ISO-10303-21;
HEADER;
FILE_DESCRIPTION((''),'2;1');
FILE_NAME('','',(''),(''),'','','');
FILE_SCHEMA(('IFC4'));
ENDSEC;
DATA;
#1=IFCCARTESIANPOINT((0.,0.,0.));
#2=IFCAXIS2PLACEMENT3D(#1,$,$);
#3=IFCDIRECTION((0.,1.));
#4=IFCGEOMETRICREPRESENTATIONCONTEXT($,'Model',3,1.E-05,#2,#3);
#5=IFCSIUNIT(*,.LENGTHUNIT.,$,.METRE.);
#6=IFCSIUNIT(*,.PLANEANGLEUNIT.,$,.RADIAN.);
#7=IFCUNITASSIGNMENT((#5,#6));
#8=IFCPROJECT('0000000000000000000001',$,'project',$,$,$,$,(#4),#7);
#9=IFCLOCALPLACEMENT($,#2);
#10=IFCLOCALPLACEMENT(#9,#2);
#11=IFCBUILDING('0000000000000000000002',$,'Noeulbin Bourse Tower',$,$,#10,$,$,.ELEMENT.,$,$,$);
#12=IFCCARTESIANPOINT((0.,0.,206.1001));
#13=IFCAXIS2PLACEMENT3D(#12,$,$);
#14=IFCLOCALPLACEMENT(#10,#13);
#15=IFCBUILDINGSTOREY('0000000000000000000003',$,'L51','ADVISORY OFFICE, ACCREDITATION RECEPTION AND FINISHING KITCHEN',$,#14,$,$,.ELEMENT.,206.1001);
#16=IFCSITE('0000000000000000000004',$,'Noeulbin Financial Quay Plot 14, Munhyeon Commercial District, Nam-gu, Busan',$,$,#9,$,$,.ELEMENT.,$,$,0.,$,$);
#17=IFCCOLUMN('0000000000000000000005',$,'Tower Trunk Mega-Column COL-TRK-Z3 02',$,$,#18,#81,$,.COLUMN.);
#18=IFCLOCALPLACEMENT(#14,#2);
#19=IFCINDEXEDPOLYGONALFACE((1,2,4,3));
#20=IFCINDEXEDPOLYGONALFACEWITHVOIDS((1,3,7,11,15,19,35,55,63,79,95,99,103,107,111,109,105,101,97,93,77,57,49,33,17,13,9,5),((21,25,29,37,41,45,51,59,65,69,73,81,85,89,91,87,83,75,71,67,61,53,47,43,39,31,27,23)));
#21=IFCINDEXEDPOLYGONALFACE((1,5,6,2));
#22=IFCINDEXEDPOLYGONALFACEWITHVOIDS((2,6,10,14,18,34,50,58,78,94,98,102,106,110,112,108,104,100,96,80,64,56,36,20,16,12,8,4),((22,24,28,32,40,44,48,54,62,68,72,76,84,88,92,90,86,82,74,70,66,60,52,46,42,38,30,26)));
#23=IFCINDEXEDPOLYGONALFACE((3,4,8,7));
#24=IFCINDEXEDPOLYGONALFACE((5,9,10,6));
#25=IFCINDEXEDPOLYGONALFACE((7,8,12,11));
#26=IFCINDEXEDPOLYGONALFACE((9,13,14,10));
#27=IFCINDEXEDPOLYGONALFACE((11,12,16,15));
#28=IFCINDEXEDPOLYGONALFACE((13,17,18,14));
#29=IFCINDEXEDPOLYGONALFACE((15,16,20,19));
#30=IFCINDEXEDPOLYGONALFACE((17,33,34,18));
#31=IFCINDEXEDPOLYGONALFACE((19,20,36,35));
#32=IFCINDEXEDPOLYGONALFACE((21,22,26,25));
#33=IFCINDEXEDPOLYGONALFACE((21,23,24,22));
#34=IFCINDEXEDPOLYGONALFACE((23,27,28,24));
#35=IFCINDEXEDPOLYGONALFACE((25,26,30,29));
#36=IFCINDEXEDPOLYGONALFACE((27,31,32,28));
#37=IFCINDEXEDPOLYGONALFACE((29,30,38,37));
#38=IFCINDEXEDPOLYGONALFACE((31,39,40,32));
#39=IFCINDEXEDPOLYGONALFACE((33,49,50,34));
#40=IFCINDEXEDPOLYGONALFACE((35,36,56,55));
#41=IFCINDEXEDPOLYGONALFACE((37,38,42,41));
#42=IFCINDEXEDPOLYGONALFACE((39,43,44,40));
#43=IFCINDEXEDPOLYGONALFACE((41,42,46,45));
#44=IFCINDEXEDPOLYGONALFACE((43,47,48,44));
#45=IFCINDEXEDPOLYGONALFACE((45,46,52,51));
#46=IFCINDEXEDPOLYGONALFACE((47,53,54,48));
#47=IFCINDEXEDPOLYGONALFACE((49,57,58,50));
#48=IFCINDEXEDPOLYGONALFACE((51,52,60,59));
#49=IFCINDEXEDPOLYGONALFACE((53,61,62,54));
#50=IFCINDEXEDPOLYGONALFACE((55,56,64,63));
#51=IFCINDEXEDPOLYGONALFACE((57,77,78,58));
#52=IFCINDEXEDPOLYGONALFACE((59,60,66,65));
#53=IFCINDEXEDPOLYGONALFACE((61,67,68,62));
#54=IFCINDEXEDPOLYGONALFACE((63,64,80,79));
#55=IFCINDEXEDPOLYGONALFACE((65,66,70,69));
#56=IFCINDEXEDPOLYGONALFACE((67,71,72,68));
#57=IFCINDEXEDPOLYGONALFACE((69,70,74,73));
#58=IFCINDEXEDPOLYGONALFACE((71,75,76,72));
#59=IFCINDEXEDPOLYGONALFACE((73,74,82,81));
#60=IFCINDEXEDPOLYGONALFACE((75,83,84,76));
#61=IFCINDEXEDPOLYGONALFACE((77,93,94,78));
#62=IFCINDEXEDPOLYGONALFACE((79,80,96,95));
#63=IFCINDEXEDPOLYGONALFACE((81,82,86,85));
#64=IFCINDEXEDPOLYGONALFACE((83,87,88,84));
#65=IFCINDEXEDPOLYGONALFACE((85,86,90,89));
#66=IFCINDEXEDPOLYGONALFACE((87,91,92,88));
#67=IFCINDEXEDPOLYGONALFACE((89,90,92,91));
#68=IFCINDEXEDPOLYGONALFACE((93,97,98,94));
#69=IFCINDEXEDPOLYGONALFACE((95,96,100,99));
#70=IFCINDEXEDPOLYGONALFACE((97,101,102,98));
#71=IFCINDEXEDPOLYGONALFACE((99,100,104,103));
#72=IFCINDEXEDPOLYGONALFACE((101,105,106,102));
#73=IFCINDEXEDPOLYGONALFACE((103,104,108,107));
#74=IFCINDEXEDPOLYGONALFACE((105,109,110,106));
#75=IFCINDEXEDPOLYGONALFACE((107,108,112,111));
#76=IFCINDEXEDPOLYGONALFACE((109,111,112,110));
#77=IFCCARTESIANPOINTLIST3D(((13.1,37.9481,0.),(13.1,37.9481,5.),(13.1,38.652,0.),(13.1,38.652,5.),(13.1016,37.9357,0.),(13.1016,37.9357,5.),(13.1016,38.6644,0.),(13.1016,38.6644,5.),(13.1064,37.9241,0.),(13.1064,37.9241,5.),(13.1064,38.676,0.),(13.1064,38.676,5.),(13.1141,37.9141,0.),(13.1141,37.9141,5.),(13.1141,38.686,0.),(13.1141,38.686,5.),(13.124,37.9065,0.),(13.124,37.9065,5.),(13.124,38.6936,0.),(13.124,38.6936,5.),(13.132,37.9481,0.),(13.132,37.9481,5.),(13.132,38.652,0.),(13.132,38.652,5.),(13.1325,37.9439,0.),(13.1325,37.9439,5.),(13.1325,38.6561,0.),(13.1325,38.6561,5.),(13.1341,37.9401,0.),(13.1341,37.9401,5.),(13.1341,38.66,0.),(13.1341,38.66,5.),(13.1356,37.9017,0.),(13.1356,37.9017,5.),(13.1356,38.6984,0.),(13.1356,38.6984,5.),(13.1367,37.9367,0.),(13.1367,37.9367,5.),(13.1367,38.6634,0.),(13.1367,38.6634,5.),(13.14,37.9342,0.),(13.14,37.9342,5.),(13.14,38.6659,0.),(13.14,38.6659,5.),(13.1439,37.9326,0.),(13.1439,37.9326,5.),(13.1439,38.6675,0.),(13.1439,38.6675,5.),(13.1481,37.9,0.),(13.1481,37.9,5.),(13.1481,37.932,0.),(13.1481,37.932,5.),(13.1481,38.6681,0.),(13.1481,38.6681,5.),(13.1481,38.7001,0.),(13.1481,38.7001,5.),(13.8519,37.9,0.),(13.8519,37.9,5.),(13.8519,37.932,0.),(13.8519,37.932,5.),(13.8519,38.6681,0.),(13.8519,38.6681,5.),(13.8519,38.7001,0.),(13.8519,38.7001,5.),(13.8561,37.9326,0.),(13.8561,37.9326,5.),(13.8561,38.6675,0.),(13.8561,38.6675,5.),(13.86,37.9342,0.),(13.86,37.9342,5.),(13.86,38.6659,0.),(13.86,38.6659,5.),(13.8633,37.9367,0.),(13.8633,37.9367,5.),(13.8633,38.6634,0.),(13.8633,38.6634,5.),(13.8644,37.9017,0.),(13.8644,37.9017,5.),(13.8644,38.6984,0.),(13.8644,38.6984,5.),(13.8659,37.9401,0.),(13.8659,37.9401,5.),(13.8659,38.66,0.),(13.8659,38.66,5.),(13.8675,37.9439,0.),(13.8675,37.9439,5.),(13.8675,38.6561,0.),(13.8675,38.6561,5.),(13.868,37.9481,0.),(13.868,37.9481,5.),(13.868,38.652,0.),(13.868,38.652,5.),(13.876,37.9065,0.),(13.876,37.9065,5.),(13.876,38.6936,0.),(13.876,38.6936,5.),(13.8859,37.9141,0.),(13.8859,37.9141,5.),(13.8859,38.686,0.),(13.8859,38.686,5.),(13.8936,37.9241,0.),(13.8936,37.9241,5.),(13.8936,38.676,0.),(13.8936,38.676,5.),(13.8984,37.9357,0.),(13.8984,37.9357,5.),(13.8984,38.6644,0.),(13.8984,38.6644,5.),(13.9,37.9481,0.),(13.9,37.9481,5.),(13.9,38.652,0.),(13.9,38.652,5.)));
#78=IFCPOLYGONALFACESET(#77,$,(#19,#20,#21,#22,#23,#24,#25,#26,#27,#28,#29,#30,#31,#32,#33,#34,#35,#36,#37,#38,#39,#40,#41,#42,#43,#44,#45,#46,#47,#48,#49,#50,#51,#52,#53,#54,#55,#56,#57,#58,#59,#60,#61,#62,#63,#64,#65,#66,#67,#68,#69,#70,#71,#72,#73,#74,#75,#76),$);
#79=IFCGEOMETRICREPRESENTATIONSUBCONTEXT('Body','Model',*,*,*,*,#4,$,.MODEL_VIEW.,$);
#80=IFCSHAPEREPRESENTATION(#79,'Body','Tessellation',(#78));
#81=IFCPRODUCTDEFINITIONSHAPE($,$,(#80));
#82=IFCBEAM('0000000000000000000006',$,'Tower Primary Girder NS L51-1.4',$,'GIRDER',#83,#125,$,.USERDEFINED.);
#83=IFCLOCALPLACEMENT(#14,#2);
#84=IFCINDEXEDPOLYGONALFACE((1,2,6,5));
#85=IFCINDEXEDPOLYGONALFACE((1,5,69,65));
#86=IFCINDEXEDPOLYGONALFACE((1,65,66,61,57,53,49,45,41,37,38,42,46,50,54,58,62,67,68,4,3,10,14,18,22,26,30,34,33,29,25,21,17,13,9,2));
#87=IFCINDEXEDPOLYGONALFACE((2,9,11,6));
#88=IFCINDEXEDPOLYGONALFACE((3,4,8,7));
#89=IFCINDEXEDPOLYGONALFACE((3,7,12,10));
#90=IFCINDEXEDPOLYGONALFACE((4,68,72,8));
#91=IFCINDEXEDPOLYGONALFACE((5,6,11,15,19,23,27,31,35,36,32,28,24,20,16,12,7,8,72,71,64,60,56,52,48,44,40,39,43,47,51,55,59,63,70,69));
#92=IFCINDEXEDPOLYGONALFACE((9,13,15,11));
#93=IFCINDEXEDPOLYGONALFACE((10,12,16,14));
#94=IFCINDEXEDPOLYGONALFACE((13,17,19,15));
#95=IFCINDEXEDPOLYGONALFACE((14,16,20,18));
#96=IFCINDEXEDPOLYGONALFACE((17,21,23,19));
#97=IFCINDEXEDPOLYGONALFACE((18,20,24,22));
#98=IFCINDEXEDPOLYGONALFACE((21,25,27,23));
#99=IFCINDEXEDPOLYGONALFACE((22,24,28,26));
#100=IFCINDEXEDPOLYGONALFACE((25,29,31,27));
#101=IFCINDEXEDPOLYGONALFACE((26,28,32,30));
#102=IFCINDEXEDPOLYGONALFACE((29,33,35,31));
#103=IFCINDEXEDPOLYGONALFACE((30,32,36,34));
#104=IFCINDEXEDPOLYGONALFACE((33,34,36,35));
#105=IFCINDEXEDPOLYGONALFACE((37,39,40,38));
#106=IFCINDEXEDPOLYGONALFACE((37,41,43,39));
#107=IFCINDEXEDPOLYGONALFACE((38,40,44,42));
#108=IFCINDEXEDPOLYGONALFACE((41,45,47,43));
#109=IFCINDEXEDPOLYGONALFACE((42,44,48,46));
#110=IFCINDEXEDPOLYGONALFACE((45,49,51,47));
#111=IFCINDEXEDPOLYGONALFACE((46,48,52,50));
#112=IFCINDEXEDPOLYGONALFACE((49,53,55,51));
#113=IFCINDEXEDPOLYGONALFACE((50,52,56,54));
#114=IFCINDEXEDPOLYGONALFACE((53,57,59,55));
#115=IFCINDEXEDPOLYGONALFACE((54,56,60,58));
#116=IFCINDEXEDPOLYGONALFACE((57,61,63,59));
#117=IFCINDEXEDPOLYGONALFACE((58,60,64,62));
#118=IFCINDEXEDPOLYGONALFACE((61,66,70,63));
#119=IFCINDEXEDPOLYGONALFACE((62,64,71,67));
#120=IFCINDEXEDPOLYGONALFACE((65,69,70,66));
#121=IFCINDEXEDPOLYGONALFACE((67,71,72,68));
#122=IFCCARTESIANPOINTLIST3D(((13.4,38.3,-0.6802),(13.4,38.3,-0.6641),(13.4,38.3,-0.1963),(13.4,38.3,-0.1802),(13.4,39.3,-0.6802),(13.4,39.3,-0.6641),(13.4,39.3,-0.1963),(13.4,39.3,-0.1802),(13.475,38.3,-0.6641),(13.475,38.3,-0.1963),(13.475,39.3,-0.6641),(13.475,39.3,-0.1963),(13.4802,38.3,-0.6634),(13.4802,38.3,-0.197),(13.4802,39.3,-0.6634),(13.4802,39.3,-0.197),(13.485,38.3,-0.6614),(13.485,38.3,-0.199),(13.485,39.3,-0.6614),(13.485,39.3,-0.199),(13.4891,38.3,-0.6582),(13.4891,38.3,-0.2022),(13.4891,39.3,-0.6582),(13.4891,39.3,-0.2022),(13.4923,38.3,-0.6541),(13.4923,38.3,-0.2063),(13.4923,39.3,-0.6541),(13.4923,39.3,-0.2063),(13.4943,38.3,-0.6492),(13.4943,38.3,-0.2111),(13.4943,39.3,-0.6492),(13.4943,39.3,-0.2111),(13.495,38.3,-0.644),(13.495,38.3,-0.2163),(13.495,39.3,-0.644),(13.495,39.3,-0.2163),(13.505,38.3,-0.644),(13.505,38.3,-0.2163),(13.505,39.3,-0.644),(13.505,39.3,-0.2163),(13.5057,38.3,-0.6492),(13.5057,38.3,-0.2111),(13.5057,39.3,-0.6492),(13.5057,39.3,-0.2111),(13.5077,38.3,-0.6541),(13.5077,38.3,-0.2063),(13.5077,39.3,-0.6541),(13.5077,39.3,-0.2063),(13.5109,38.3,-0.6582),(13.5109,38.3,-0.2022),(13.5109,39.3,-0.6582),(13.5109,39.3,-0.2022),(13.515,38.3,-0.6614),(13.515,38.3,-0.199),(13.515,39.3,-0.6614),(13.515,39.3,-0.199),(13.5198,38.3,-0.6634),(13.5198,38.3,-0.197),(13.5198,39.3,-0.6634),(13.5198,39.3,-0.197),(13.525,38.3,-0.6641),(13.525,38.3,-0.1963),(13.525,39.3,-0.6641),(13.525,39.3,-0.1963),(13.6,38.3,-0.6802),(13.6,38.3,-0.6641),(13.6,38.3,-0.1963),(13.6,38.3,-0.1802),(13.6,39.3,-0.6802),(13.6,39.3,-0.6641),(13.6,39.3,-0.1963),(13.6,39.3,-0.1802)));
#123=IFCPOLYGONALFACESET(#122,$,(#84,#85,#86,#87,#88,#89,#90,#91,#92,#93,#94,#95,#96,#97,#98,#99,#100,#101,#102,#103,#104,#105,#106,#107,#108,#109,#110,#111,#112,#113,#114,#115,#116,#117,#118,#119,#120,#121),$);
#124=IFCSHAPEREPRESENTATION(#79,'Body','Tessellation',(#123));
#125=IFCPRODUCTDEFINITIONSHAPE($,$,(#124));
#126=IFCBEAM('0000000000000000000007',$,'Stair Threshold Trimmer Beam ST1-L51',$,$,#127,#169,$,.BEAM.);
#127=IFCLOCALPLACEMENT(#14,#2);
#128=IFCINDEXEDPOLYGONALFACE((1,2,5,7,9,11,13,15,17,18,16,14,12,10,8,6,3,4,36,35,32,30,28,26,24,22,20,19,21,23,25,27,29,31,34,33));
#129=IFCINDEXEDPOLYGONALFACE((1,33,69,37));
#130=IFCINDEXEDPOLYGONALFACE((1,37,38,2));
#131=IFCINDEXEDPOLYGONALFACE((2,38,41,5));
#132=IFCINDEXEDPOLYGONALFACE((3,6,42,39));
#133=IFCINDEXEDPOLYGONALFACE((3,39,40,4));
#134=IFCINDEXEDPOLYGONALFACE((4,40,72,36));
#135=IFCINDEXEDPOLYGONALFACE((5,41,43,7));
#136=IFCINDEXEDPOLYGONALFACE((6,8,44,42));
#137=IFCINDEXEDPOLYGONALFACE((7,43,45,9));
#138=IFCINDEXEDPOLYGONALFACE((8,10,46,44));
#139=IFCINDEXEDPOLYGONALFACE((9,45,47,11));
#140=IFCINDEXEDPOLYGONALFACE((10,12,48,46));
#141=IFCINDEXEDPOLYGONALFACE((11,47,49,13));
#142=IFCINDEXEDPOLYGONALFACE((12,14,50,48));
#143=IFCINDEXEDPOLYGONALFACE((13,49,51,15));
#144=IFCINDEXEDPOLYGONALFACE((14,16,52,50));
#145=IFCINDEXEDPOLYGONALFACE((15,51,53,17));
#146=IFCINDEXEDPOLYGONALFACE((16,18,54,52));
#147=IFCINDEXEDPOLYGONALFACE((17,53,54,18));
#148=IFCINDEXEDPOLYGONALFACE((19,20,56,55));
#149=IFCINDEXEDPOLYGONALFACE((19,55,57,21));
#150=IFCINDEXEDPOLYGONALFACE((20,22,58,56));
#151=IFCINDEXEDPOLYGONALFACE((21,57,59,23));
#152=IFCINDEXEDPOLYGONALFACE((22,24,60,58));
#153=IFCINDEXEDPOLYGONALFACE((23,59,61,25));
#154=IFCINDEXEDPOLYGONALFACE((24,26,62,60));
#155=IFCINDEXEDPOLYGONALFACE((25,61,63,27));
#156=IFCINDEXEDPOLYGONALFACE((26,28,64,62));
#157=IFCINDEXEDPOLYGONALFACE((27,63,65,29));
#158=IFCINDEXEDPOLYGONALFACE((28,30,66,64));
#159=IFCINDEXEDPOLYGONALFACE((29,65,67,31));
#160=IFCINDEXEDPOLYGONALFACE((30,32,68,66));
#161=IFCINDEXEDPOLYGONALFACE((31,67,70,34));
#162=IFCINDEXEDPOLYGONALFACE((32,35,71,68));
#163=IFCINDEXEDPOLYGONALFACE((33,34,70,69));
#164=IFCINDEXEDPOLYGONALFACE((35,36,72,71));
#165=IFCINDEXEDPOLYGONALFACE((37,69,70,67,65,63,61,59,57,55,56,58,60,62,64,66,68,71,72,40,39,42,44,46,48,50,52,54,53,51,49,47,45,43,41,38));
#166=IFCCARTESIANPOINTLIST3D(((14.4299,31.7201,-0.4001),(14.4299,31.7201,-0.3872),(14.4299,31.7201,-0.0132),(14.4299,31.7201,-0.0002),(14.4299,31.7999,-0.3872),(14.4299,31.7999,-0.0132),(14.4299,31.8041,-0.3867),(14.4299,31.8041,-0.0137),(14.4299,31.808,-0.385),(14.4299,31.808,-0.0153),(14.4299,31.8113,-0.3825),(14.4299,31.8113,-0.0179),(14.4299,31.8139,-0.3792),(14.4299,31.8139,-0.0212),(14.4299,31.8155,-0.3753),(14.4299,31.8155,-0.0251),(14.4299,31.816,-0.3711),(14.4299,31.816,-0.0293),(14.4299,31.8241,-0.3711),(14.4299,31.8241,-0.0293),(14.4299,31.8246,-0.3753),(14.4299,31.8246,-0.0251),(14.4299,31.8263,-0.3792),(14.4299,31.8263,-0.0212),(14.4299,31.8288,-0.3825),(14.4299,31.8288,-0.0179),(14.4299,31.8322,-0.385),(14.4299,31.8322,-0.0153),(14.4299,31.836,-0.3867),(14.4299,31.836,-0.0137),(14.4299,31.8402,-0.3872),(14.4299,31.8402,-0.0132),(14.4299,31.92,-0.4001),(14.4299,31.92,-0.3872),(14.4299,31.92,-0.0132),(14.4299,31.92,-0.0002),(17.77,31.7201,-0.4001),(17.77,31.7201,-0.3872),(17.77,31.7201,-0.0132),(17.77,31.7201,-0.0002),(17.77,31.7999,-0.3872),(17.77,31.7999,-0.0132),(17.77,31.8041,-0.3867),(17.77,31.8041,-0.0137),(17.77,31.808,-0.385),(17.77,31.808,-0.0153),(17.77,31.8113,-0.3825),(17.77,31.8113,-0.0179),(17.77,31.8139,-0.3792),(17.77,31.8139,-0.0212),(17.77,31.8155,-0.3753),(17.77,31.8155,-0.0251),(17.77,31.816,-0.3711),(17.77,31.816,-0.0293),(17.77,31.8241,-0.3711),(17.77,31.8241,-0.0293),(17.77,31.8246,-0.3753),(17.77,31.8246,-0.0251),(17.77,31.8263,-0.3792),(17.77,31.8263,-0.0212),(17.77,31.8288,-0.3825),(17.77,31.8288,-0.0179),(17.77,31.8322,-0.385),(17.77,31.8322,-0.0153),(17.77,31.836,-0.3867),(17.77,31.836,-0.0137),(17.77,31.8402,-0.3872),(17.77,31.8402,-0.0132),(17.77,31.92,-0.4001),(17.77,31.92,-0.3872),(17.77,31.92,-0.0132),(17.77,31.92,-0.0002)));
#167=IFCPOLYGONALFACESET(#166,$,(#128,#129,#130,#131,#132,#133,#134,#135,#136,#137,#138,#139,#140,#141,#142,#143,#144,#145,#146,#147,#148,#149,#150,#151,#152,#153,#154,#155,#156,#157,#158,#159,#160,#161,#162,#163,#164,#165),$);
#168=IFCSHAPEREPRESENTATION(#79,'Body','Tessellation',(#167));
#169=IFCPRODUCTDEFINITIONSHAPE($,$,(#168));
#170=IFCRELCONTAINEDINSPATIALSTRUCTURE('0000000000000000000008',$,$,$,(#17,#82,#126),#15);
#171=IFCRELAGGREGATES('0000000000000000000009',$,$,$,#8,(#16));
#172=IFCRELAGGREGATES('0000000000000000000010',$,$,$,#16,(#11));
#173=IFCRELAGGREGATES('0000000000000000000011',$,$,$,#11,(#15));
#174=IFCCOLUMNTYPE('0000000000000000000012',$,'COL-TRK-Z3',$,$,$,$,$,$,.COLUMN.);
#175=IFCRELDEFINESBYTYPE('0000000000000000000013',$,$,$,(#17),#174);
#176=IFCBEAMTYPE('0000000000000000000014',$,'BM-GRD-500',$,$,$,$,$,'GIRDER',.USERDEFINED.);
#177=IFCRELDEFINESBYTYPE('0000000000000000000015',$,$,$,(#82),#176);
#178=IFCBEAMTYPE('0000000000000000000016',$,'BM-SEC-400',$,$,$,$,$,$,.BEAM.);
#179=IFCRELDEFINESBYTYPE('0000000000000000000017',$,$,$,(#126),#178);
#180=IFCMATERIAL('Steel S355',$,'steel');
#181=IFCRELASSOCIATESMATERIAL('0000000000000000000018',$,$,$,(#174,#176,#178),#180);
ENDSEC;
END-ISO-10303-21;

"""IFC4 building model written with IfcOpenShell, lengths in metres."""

from ifc_helpers import new_model, si_unit, direction, frame, origin, origin_2d, place, context, subcontext, project, spatial, hollow_rectangle, i_section, extrude, material, material_profile, profile_set, type_object, element, save


model = new_model("IFC4")

# Units and contexts
model_context = context("Model", 3, precision=1e-05, world=origin(), true_north=direction((0.0, 1.0)))
body_context = subcontext(model_context, "Body", "Model", "MODEL_VIEW")
ifc_project = project(units=[si_unit("LENGTHUNIT", "METRE"), si_unit("PLANEANGLEUNIT", "RADIAN")], contexts=[model_context])

# Site, building, storey
site_placement = place(None, origin())
site = spatial("IfcSite", under=ifc_project, at=site_placement, Name="Noeulbin Financial Quay Plot 14, Munhyeon Commercial District, Nam-gu, Busan", CompositionType="ELEMENT", RefElevation=0.0)
building_placement = place(site_placement, origin())
building = spatial("IfcBuilding", under=site, at=building_placement, Name="Noeulbin Bourse Tower", CompositionType="ELEMENT")
storey_placement = place(building_placement, frame((0.0, 0.0, 206.1001)))
storey = spatial("IfcBuildingStorey", under=building, at=storey_placement, Name="L51", Description="ADVISORY OFFICE, ACCREDITATION RECEPTION AND FINISHING KITCHEN", CompositionType="ELEMENT", Elevation=206.1001)

# Column
ifc_material_1 = material(Name="Steel S355", Category="steel")
ifc_material_profile_1 = material_profile(ifc_material_1, hollow_rectangle(XDim=0.8, YDim=0.8, WallThickness=0.032, InnerFilletRadius=0.0161, OuterFilletRadius=0.0481, at=origin_2d()), Name="BOX-800x800x32", Category="LoadBearing")
ifc_profile_set_1 = profile_set([ifc_material_profile_1], Name="Steel S355")
column_type = type_object("IfcColumnType", Name="COL-TRK-Z3", PredefinedType="COLUMN", material=ifc_profile_set_1)
column_placement = place(storey_placement, frame((13.5, 38.3, 0.0), z_axis=(0.0, 0.0, 1.0), x_axis=(1.0, 0.0, 0.0)))
element("IfcColumn", 1, at=column_placement, inside=storey, type_object=column_type, Name="Tower Trunk Mega-Column COL-TRK-Z3 02", PredefinedType="COLUMN", context=body_context, shape_type="SweptSolid", body=[
    extrude(hollow_rectangle(XDim=0.8, YDim=0.8, WallThickness=0.032, InnerFilletRadius=0.0161, OuterFilletRadius=0.0481, at=origin_2d()), origin(), (0.0, 0.0, 1.0), 5.0),
])

# Beams
ifc_material_profile_2 = material_profile(ifc_material_1, i_section(OverallWidth=0.2, OverallDepth=0.5, WebThickness=0.01, FlangeThickness=0.0161, FilletRadius=0.02, at=origin_2d()), Name="H-500x200x10x16", Category="LoadBearing")
ifc_profile_set_2 = profile_set([ifc_material_profile_2], Name="Steel S355")
beam_type_1 = type_object("IfcBeamType", Name="BM-GRD-500", ElementType="GIRDER", PredefinedType="USERDEFINED", material=ifc_profile_set_2)
beam_1_placement = place(storey_placement, frame((13.5, 38.3, -0.4302), z_axis=(0.0, 1.0, 0.0), x_axis=(-1.0, 0.0, 0.0)))
element("IfcBeam", 2, at=beam_1_placement, inside=storey, type_object=beam_type_1, Name="Tower Primary Girder NS L51-1.4", ObjectType="GIRDER", PredefinedType="USERDEFINED", context=body_context, shape_type="SweptSolid", body=[
    extrude(i_section(OverallWidth=0.2, OverallDepth=0.5, WebThickness=0.01, FlangeThickness=0.0161, FilletRadius=0.02, at=origin_2d()), origin(), (0.0, 0.0, 1.0), 1.0),
])
ifc_material_profile_3 = material_profile(ifc_material_1, i_section(OverallWidth=0.2, OverallDepth=0.3999, WebThickness=0.0081, FlangeThickness=0.0129, FilletRadius=0.0161, at=origin_2d()), Name="H-400x200x8x13", Category="LoadBearing")
ifc_profile_set_3 = profile_set([ifc_material_profile_3], Name="Steel S355")
beam_type_2 = type_object("IfcBeamType", Name="BM-SEC-400", PredefinedType="BEAM", material=ifc_profile_set_3)
beam_2_placement = place(storey_placement, frame((14.4299, 31.8201, -0.2002), z_axis=(1.0, 0.0, 0.0), x_axis=(0.0, 1.0, 0.0)))
element("IfcBeam", 3, at=beam_2_placement, inside=storey, type_object=beam_type_2, Name="Stair Threshold Trimmer Beam ST1-L51", PredefinedType="BEAM", context=body_context, shape_type="SweptSolid", body=[
    extrude(i_section(OverallWidth=0.2, OverallDepth=0.3999, WebThickness=0.0081, FlangeThickness=0.0129, FilletRadius=0.0161, at=origin_2d()), origin(), (0.0, 0.0, 1.0), 3.3401),
])

save(model, "model.ifc")
